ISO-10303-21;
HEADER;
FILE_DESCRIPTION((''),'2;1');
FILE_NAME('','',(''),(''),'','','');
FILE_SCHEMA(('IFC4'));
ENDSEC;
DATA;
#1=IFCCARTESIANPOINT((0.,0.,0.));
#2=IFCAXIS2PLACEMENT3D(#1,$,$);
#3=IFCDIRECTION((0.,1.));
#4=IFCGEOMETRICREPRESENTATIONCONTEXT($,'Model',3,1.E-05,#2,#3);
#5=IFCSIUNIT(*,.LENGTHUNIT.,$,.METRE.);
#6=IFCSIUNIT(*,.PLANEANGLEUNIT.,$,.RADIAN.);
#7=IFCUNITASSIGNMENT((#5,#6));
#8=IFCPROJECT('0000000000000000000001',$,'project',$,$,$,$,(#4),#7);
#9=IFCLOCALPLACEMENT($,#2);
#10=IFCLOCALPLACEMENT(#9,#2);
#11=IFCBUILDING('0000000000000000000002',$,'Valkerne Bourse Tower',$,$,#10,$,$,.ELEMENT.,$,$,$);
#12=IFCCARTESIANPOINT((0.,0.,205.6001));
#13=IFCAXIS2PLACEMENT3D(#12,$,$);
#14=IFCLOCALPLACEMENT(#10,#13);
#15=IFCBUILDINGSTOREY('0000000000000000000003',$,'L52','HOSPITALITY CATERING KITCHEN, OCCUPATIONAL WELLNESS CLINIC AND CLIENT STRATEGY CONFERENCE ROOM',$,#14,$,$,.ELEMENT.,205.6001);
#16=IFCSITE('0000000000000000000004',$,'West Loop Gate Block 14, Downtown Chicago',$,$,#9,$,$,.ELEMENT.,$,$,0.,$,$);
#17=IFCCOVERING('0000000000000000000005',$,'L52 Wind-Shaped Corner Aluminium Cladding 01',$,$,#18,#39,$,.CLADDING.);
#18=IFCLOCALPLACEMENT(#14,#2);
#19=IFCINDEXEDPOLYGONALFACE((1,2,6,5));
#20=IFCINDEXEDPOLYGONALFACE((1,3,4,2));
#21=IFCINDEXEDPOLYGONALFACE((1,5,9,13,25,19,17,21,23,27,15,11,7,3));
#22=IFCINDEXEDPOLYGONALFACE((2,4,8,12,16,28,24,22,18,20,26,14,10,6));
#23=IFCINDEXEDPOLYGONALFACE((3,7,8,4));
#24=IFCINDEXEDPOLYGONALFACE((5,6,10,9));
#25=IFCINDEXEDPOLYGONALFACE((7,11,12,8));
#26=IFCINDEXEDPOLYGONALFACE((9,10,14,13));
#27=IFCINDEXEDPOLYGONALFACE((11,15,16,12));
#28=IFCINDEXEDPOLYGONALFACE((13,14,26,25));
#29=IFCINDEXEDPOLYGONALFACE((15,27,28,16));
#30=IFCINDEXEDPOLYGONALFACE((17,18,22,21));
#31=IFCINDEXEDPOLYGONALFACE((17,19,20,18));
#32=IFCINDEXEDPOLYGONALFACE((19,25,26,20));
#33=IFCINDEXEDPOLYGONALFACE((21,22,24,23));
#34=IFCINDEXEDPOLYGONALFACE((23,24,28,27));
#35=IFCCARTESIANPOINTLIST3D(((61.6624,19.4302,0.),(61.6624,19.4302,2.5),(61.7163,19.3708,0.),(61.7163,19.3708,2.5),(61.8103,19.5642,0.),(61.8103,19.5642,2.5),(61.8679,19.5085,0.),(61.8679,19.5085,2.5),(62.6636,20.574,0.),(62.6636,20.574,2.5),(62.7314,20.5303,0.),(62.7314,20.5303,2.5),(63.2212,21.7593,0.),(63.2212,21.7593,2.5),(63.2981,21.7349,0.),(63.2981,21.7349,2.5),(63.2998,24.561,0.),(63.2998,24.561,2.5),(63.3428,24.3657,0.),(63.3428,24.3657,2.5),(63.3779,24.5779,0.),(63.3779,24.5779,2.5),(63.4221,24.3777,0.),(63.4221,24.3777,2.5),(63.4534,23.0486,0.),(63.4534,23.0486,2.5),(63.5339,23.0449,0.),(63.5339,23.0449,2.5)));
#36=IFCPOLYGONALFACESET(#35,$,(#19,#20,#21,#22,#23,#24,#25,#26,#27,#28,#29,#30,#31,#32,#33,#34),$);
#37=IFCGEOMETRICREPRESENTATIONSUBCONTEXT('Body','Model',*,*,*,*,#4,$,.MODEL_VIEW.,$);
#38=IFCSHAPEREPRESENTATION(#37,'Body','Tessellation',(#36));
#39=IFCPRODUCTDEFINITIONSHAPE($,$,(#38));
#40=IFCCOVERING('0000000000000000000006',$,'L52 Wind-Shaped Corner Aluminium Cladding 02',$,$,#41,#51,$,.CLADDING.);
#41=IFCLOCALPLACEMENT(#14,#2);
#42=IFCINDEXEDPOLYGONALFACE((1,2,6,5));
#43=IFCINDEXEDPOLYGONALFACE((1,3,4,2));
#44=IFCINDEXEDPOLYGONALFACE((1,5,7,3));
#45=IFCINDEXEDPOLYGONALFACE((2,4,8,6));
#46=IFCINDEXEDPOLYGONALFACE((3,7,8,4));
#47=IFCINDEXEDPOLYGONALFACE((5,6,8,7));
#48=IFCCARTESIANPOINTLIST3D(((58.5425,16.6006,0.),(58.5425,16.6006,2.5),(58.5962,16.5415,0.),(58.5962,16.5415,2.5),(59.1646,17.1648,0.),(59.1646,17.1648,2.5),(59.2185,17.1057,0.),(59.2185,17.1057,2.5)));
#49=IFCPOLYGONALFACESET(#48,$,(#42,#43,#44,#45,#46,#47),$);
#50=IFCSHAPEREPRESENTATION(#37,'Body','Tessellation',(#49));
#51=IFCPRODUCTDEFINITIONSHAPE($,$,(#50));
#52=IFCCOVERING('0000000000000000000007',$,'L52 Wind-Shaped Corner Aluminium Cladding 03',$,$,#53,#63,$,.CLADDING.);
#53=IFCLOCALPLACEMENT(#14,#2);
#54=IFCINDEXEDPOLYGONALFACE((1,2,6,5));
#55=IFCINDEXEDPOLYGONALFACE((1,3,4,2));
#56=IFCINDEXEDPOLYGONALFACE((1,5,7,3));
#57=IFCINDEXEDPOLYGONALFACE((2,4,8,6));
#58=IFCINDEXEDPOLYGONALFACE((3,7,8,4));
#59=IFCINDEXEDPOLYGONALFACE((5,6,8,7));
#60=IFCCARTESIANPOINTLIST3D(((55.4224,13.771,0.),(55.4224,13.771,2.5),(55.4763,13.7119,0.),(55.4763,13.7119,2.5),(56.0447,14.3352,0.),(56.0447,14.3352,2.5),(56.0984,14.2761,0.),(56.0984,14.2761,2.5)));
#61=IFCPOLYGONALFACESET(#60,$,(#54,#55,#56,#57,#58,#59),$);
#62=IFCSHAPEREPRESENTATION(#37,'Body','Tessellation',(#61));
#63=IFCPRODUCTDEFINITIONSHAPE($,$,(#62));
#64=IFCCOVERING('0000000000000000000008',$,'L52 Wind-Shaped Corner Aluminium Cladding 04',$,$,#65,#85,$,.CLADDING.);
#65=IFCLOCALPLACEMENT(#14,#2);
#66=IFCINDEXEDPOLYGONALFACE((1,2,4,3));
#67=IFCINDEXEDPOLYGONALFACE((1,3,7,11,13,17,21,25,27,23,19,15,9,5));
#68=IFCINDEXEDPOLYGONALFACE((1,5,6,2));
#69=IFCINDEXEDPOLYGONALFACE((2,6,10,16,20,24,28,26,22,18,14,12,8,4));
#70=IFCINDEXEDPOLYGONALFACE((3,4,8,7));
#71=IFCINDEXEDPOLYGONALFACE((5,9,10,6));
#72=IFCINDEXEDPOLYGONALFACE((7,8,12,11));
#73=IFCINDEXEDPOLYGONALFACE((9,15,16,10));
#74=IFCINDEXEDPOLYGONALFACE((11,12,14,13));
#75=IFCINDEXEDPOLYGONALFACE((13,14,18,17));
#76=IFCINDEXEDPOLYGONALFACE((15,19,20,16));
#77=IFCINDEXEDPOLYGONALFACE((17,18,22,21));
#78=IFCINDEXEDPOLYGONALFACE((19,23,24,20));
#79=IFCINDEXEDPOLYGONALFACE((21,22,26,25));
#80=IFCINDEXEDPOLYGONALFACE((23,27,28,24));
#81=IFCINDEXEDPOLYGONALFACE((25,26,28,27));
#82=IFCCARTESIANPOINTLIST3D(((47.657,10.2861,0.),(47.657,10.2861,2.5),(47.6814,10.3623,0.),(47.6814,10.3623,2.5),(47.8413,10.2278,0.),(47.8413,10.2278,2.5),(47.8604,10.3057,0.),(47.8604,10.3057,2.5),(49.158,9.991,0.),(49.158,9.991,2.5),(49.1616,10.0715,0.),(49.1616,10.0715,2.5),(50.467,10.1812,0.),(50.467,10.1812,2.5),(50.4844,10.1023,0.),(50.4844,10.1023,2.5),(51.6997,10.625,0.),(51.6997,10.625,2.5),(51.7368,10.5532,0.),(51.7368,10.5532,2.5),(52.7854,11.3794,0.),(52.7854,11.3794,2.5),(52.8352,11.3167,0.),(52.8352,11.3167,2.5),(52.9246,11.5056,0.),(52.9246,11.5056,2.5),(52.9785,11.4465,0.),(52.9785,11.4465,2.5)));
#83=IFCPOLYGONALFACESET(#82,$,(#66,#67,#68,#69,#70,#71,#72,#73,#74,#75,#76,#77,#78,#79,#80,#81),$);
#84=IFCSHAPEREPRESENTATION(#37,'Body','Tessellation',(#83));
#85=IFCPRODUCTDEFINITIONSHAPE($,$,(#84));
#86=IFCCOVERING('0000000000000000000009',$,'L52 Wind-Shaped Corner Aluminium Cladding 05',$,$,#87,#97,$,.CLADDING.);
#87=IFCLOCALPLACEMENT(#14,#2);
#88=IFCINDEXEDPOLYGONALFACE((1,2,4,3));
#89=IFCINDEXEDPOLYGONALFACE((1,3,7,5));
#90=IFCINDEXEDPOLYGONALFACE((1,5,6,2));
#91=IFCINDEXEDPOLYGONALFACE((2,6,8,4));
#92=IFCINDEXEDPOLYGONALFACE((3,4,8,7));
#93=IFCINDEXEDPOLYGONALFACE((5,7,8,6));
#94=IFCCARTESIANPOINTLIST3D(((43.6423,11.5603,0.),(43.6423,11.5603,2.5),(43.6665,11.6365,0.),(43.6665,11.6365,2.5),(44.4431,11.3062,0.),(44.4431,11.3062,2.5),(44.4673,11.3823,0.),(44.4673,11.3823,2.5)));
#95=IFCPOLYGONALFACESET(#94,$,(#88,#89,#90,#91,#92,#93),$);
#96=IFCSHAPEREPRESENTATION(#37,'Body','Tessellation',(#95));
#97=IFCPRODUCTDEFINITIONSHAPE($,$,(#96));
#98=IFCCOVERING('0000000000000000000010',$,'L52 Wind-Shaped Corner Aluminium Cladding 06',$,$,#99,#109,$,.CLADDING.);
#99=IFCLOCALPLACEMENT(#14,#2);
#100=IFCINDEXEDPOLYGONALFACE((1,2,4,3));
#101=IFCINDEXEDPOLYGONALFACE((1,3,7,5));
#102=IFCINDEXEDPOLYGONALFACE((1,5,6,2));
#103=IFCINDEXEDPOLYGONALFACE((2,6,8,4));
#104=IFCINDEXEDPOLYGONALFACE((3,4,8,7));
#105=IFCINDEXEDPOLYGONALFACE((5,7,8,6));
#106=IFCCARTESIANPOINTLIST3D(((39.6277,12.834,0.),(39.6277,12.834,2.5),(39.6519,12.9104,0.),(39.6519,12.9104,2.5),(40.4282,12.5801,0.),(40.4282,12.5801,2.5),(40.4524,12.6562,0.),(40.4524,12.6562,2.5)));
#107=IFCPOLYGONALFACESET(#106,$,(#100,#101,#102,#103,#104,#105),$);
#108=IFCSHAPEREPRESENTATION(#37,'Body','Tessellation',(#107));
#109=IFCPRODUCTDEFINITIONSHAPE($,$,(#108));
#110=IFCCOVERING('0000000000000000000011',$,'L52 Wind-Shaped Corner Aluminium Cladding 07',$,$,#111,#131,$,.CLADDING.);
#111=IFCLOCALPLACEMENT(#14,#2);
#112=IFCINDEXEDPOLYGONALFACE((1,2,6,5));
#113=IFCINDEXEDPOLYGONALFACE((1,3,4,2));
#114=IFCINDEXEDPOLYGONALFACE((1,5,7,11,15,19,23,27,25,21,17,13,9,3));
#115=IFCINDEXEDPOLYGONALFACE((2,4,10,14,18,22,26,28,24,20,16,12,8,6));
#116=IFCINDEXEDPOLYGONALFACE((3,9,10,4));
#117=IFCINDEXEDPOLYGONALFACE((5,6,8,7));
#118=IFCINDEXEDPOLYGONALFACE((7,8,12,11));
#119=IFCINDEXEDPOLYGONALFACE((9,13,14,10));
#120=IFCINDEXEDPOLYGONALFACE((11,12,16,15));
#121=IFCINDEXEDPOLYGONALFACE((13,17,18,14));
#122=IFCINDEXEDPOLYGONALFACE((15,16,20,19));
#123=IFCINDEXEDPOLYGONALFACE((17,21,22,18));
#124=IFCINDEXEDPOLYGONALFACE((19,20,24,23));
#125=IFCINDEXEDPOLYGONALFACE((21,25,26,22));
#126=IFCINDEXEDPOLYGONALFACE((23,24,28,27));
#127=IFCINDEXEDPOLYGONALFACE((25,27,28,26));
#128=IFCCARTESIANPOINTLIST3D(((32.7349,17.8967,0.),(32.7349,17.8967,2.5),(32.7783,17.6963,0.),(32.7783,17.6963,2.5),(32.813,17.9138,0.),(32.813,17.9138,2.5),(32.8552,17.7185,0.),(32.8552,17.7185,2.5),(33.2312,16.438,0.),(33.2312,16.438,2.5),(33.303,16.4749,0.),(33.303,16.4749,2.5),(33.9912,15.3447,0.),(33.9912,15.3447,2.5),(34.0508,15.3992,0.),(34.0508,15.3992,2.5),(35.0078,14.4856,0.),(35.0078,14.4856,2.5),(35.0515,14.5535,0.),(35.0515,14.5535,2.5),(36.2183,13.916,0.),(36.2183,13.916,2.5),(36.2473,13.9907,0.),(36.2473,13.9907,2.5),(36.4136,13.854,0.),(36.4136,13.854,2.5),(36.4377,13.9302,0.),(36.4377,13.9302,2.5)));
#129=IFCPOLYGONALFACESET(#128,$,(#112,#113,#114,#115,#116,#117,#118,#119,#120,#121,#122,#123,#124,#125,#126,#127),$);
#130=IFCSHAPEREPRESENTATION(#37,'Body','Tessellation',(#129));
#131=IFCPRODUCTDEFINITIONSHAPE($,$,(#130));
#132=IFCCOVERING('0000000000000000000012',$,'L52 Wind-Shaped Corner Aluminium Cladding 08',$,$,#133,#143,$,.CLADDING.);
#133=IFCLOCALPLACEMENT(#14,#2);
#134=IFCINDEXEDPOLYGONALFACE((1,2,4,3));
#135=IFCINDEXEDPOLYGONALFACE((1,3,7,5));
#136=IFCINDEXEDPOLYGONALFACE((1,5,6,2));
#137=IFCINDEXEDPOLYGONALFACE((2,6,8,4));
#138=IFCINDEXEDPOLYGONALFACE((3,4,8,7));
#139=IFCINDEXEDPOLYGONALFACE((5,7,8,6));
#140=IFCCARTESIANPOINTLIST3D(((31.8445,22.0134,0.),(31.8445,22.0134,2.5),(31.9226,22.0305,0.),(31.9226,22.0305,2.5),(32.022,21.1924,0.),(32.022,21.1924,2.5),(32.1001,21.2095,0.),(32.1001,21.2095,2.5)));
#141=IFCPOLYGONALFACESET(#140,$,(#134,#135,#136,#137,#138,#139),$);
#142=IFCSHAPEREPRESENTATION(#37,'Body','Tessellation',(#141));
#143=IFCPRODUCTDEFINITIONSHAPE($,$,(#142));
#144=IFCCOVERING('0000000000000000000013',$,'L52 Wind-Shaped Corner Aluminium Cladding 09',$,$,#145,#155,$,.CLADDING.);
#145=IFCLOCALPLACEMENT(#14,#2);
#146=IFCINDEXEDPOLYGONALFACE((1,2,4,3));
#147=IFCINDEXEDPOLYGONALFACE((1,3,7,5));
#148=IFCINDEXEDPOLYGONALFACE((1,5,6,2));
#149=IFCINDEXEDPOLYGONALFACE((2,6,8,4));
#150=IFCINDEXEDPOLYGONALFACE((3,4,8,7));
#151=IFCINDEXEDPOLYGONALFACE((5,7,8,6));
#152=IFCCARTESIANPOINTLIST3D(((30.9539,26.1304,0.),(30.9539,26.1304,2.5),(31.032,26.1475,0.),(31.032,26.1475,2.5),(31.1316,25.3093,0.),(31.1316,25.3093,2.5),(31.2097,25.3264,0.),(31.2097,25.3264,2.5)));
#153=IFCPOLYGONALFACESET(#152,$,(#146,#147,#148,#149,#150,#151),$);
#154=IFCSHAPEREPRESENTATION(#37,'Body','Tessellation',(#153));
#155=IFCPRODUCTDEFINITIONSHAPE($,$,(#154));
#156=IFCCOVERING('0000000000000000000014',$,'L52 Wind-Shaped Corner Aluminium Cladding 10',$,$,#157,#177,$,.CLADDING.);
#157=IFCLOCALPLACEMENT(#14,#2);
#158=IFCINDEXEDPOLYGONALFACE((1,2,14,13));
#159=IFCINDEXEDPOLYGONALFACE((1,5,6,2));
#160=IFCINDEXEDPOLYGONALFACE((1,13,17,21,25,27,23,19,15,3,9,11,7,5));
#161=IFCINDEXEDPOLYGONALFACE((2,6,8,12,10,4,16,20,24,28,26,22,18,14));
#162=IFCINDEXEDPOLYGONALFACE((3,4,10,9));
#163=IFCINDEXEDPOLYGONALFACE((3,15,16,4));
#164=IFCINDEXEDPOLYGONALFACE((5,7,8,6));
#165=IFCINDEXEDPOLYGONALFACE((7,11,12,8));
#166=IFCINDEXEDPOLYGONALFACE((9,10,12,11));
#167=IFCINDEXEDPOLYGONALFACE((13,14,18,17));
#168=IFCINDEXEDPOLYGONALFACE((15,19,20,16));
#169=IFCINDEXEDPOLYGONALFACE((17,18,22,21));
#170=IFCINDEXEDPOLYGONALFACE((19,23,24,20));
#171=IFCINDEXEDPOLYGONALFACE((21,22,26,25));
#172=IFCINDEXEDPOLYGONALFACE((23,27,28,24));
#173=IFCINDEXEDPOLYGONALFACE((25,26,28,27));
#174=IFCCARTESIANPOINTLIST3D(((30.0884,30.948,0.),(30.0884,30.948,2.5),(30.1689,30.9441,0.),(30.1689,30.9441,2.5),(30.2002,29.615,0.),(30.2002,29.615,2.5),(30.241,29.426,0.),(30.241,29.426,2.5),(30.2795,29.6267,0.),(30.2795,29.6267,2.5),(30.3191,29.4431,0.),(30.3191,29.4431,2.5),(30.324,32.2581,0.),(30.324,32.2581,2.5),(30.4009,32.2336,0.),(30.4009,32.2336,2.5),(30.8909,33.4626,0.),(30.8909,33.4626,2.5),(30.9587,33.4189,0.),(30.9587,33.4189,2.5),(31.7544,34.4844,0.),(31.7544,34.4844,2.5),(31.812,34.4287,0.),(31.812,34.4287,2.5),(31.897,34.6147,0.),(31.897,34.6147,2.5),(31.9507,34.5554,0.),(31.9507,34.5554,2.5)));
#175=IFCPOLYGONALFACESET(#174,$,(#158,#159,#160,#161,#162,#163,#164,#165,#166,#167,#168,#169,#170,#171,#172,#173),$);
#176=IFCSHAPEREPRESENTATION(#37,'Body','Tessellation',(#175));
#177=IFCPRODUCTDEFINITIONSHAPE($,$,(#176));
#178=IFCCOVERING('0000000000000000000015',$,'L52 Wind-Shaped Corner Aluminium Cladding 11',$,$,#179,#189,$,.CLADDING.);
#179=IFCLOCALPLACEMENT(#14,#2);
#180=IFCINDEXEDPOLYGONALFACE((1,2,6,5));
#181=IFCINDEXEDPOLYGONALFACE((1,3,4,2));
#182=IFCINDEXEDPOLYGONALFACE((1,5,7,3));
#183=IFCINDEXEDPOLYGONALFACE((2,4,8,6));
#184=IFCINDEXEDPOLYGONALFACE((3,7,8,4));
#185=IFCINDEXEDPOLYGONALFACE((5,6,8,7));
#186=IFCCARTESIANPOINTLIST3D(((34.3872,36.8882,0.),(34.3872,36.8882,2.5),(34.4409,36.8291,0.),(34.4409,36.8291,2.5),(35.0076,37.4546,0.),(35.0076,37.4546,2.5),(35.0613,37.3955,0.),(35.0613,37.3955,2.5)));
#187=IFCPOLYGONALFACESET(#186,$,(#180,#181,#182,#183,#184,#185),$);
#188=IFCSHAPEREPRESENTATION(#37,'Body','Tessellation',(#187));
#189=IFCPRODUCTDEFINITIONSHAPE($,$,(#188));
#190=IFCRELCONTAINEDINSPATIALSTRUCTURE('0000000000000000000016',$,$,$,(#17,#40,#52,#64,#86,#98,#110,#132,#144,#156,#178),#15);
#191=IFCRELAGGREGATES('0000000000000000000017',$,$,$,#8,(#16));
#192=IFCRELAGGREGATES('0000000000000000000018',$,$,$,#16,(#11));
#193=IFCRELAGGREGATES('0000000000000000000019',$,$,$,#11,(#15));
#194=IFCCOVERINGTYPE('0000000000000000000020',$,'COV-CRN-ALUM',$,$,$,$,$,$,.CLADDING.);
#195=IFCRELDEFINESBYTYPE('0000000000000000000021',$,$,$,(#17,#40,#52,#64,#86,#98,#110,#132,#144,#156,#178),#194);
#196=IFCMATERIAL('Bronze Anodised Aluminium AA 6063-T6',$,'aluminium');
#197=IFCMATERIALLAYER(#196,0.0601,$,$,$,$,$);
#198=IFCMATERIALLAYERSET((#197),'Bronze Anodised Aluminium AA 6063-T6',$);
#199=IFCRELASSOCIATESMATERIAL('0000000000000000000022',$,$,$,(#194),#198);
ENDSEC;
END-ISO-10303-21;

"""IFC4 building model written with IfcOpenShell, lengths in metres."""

from ifc_helpers import new_model, si_unit, direction, frame, origin, place, context, subcontext, project, spatial, polyline, outline, extrude, material, layer, layer_set, type_object, element, save


model = new_model("IFC4")

# Units and contexts
model_context = context("Model", 3, precision=1e-05, world=origin(), true_north=direction((0.0, 1.0)))
body_context = subcontext(model_context, "Body", "Model", "MODEL_VIEW")
ifc_project = project(units=[si_unit("LENGTHUNIT", "METRE"), si_unit("PLANEANGLEUNIT", "RADIAN")], contexts=[model_context])

# Site, building, storey
site_placement = place(None, origin())
site = spatial("IfcSite", under=ifc_project, at=site_placement, Name="West Loop Gate Block 14, Downtown Chicago", CompositionType="ELEMENT", RefElevation=0.0)
building_placement = place(site_placement, origin())
building = spatial("IfcBuilding", under=site, at=building_placement, Name="Valkerne Bourse Tower", CompositionType="ELEMENT")
storey_placement = place(building_placement, frame((0.0, 0.0, 205.6001)))
storey = spatial("IfcBuildingStorey", under=building, at=storey_placement, Name="L52", Description="HOSPITALITY CATERING KITCHEN, OCCUPATIONAL WELLNESS CLINIC AND CLIENT STRATEGY CONFERENCE ROOM", CompositionType="ELEMENT", Elevation=205.6001)

# Coverings
ifc_material_1 = material(Name="Bronze Anodised Aluminium AA 6063-T6", Category="aluminium")
ifc_layer_1 = layer(ifc_material_1, 0.0601)
ifc_layer_set_1 = layer_set([ifc_layer_1], Name="Bronze Anodised Aluminium AA 6063-T6")
covering_type = type_object("IfcCoveringType", Name="COV-CRN-ALUM", PredefinedType="CLADDING", material=ifc_layer_set_1)
covering_1_placement = place(storey_placement, origin())
element("IfcCovering", 1, at=covering_1_placement, inside=storey, type_object=covering_type, Name="L52 Wind-Shaped Corner Aluminium Cladding 01", PredefinedType="CLADDING", context=body_context, shape_type="SweptSolid", body=[
    extrude(outline(polyline([(63.5339, 23.0449), (63.2981, 21.7349), (62.7314, 20.5303), (61.8679, 19.5085), (61.7163, 19.3708), (61.6624, 19.4302), (61.8103, 19.5642), (62.6636, 20.574), (63.2212, 21.7593), (63.4534, 23.0486), (63.3428, 24.3657), (63.2998, 24.561), (63.3779, 24.5779), (63.4221, 24.3777), (63.5339, 23.0449)])), origin(), (0.0, 0.0, 1.0), 2.5),
])
covering_2_placement = place(storey_placement, origin())
element("IfcCovering", 2, at=covering_2_placement, inside=storey, type_object=covering_type, Name="L52 Wind-Shaped Corner Aluminium Cladding 02", PredefinedType="CLADDING", context=body_context, shape_type="SweptSolid", body=[
    extrude(outline(polyline([(58.5962, 16.5415), (58.5425, 16.6006), (59.1646, 17.1648), (59.2185, 17.1057), (58.5962, 16.5415)])), origin(), (0.0, 0.0, 1.0), 2.5),
])
covering_3_placement = place(storey_placement, origin())
element("IfcCovering", 3, at=covering_3_placement, inside=storey, type_object=covering_type, Name="L52 Wind-Shaped Corner Aluminium Cladding 03", PredefinedType="CLADDING", context=body_context, shape_type="SweptSolid", body=[
    extrude(outline(polyline([(55.4763, 13.7119), (55.4224, 13.771), (56.0447, 14.3352), (56.0984, 14.2761), (55.4763, 13.7119)])), origin(), (0.0, 0.0, 1.0), 2.5),
])
covering_4_placement = place(storey_placement, origin())
element("IfcCovering", 4, at=covering_4_placement, inside=storey, type_object=covering_type, Name="L52 Wind-Shaped Corner Aluminium Cladding 04", PredefinedType="CLADDING", context=body_context, shape_type="SweptSolid", body=[
    extrude(outline(polyline([(52.8352, 11.3167), (51.7368, 10.5532), (50.4844, 10.1023), (49.158, 9.991), (47.8413, 10.2278), (47.657, 10.2861), (47.6814, 10.3623), (47.8604, 10.3057), (49.1616, 10.0715), (50.467, 10.1812), (51.6997, 10.625), (52.7854, 11.3794), (52.9246, 11.5056), (52.9785, 11.4465), (52.8352, 11.3167)])), origin(), (0.0, 0.0, 1.0), 2.5),
])
covering_5_placement = place(storey_placement, origin())
element("IfcCovering", 5, at=covering_5_placement, inside=storey, type_object=covering_type, Name="L52 Wind-Shaped Corner Aluminium Cladding 05", PredefinedType="CLADDING", context=body_context, shape_type="SweptSolid", body=[
    extrude(outline(polyline([(43.6423, 11.5603), (43.6665, 11.6365), (44.4673, 11.3823), (44.4431, 11.3062), (43.6423, 11.5603)])), origin(), (0.0, 0.0, 1.0), 2.5),
])
covering_6_placement = place(storey_placement, origin())
element("IfcCovering", 6, at=covering_6_placement, inside=storey, type_object=covering_type, Name="L52 Wind-Shaped Corner Aluminium Cladding 06", PredefinedType="CLADDING", context=body_context, shape_type="SweptSolid", body=[
    extrude(outline(polyline([(39.6277, 12.834), (39.6519, 12.9104), (40.4524, 12.6562), (40.4282, 12.5801), (39.6277, 12.834)])), origin(), (0.0, 0.0, 1.0), 2.5),
])
covering_7_placement = place(storey_placement, origin())
element("IfcCovering", 7, at=covering_7_placement, inside=storey, type_object=covering_type, Name="L52 Wind-Shaped Corner Aluminium Cladding 07", PredefinedType="CLADDING", context=body_context, shape_type="SweptSolid", body=[
    extrude(outline(polyline([(36.2183, 13.916), (35.0078, 14.4856), (33.9912, 15.3447), (33.2312, 16.438), (32.7783, 17.6963), (32.7349, 17.8967), (32.813, 17.9138), (32.8552, 17.7185), (33.303, 16.4749), (34.0508, 15.3992), (35.0515, 14.5535), (36.2473, 13.9907), (36.4377, 13.9302), (36.4136, 13.854), (36.2183, 13.916)])), origin(), (0.0, 0.0, 1.0), 2.5),
])
covering_8_placement = place(storey_placement, origin())
element("IfcCovering", 8, at=covering_8_placement, inside=storey, type_object=covering_type, Name="L52 Wind-Shaped Corner Aluminium Cladding 08", PredefinedType="CLADDING", context=body_context, shape_type="SweptSolid", body=[
    extrude(outline(polyline([(31.8445, 22.0134), (31.9226, 22.0305), (32.1001, 21.2095), (32.022, 21.1924), (31.8445, 22.0134)])), origin(), (0.0, 0.0, 1.0), 2.5),
])
covering_9_placement = place(storey_placement, origin())
element("IfcCovering", 9, at=covering_9_placement, inside=storey, type_object=covering_type, Name="L52 Wind-Shaped Corner Aluminium Cladding 09", PredefinedType="CLADDING", context=body_context, shape_type="SweptSolid", body=[
    extrude(outline(polyline([(30.9539, 26.1304), (31.032, 26.1475), (31.2097, 25.3264), (31.1316, 25.3093), (30.9539, 26.1304)])), origin(), (0.0, 0.0, 1.0), 2.5),
])
covering_10_placement = place(storey_placement, origin())
element("IfcCovering", 10, at=covering_10_placement, inside=storey, type_object=covering_type, Name="L52 Wind-Shaped Corner Aluminium Cladding 10", PredefinedType="CLADDING", context=body_context, shape_type="SweptSolid", body=[
    extrude(outline(polyline([(30.2002, 29.615), (30.0884, 30.948), (30.324, 32.2581), (30.8909, 33.4626), (31.7544, 34.4844), (31.897, 34.6147), (31.9507, 34.5554), (31.812, 34.4287), (30.9587, 33.4189), (30.4009, 32.2336), (30.1689, 30.9441), (30.2795, 29.6267), (30.3191, 29.4431), (30.241, 29.426), (30.2002, 29.615)])), origin(), (0.0, 0.0, 1.0), 2.5),
])
covering_11_placement = place(storey_placement, origin())
element("IfcCovering", 11, at=covering_11_placement, inside=storey, type_object=covering_type, Name="L52 Wind-Shaped Corner Aluminium Cladding 11", PredefinedType="CLADDING", context=body_context, shape_type="SweptSolid", body=[
    extrude(outline(polyline([(35.0076, 37.4546), (35.0613, 37.3955), (34.4409, 36.8291), (34.3872, 36.8882), (35.0076, 37.4546)])), origin(), (0.0, 0.0, 1.0), 2.5),
])

save(model, "model.ifc")
